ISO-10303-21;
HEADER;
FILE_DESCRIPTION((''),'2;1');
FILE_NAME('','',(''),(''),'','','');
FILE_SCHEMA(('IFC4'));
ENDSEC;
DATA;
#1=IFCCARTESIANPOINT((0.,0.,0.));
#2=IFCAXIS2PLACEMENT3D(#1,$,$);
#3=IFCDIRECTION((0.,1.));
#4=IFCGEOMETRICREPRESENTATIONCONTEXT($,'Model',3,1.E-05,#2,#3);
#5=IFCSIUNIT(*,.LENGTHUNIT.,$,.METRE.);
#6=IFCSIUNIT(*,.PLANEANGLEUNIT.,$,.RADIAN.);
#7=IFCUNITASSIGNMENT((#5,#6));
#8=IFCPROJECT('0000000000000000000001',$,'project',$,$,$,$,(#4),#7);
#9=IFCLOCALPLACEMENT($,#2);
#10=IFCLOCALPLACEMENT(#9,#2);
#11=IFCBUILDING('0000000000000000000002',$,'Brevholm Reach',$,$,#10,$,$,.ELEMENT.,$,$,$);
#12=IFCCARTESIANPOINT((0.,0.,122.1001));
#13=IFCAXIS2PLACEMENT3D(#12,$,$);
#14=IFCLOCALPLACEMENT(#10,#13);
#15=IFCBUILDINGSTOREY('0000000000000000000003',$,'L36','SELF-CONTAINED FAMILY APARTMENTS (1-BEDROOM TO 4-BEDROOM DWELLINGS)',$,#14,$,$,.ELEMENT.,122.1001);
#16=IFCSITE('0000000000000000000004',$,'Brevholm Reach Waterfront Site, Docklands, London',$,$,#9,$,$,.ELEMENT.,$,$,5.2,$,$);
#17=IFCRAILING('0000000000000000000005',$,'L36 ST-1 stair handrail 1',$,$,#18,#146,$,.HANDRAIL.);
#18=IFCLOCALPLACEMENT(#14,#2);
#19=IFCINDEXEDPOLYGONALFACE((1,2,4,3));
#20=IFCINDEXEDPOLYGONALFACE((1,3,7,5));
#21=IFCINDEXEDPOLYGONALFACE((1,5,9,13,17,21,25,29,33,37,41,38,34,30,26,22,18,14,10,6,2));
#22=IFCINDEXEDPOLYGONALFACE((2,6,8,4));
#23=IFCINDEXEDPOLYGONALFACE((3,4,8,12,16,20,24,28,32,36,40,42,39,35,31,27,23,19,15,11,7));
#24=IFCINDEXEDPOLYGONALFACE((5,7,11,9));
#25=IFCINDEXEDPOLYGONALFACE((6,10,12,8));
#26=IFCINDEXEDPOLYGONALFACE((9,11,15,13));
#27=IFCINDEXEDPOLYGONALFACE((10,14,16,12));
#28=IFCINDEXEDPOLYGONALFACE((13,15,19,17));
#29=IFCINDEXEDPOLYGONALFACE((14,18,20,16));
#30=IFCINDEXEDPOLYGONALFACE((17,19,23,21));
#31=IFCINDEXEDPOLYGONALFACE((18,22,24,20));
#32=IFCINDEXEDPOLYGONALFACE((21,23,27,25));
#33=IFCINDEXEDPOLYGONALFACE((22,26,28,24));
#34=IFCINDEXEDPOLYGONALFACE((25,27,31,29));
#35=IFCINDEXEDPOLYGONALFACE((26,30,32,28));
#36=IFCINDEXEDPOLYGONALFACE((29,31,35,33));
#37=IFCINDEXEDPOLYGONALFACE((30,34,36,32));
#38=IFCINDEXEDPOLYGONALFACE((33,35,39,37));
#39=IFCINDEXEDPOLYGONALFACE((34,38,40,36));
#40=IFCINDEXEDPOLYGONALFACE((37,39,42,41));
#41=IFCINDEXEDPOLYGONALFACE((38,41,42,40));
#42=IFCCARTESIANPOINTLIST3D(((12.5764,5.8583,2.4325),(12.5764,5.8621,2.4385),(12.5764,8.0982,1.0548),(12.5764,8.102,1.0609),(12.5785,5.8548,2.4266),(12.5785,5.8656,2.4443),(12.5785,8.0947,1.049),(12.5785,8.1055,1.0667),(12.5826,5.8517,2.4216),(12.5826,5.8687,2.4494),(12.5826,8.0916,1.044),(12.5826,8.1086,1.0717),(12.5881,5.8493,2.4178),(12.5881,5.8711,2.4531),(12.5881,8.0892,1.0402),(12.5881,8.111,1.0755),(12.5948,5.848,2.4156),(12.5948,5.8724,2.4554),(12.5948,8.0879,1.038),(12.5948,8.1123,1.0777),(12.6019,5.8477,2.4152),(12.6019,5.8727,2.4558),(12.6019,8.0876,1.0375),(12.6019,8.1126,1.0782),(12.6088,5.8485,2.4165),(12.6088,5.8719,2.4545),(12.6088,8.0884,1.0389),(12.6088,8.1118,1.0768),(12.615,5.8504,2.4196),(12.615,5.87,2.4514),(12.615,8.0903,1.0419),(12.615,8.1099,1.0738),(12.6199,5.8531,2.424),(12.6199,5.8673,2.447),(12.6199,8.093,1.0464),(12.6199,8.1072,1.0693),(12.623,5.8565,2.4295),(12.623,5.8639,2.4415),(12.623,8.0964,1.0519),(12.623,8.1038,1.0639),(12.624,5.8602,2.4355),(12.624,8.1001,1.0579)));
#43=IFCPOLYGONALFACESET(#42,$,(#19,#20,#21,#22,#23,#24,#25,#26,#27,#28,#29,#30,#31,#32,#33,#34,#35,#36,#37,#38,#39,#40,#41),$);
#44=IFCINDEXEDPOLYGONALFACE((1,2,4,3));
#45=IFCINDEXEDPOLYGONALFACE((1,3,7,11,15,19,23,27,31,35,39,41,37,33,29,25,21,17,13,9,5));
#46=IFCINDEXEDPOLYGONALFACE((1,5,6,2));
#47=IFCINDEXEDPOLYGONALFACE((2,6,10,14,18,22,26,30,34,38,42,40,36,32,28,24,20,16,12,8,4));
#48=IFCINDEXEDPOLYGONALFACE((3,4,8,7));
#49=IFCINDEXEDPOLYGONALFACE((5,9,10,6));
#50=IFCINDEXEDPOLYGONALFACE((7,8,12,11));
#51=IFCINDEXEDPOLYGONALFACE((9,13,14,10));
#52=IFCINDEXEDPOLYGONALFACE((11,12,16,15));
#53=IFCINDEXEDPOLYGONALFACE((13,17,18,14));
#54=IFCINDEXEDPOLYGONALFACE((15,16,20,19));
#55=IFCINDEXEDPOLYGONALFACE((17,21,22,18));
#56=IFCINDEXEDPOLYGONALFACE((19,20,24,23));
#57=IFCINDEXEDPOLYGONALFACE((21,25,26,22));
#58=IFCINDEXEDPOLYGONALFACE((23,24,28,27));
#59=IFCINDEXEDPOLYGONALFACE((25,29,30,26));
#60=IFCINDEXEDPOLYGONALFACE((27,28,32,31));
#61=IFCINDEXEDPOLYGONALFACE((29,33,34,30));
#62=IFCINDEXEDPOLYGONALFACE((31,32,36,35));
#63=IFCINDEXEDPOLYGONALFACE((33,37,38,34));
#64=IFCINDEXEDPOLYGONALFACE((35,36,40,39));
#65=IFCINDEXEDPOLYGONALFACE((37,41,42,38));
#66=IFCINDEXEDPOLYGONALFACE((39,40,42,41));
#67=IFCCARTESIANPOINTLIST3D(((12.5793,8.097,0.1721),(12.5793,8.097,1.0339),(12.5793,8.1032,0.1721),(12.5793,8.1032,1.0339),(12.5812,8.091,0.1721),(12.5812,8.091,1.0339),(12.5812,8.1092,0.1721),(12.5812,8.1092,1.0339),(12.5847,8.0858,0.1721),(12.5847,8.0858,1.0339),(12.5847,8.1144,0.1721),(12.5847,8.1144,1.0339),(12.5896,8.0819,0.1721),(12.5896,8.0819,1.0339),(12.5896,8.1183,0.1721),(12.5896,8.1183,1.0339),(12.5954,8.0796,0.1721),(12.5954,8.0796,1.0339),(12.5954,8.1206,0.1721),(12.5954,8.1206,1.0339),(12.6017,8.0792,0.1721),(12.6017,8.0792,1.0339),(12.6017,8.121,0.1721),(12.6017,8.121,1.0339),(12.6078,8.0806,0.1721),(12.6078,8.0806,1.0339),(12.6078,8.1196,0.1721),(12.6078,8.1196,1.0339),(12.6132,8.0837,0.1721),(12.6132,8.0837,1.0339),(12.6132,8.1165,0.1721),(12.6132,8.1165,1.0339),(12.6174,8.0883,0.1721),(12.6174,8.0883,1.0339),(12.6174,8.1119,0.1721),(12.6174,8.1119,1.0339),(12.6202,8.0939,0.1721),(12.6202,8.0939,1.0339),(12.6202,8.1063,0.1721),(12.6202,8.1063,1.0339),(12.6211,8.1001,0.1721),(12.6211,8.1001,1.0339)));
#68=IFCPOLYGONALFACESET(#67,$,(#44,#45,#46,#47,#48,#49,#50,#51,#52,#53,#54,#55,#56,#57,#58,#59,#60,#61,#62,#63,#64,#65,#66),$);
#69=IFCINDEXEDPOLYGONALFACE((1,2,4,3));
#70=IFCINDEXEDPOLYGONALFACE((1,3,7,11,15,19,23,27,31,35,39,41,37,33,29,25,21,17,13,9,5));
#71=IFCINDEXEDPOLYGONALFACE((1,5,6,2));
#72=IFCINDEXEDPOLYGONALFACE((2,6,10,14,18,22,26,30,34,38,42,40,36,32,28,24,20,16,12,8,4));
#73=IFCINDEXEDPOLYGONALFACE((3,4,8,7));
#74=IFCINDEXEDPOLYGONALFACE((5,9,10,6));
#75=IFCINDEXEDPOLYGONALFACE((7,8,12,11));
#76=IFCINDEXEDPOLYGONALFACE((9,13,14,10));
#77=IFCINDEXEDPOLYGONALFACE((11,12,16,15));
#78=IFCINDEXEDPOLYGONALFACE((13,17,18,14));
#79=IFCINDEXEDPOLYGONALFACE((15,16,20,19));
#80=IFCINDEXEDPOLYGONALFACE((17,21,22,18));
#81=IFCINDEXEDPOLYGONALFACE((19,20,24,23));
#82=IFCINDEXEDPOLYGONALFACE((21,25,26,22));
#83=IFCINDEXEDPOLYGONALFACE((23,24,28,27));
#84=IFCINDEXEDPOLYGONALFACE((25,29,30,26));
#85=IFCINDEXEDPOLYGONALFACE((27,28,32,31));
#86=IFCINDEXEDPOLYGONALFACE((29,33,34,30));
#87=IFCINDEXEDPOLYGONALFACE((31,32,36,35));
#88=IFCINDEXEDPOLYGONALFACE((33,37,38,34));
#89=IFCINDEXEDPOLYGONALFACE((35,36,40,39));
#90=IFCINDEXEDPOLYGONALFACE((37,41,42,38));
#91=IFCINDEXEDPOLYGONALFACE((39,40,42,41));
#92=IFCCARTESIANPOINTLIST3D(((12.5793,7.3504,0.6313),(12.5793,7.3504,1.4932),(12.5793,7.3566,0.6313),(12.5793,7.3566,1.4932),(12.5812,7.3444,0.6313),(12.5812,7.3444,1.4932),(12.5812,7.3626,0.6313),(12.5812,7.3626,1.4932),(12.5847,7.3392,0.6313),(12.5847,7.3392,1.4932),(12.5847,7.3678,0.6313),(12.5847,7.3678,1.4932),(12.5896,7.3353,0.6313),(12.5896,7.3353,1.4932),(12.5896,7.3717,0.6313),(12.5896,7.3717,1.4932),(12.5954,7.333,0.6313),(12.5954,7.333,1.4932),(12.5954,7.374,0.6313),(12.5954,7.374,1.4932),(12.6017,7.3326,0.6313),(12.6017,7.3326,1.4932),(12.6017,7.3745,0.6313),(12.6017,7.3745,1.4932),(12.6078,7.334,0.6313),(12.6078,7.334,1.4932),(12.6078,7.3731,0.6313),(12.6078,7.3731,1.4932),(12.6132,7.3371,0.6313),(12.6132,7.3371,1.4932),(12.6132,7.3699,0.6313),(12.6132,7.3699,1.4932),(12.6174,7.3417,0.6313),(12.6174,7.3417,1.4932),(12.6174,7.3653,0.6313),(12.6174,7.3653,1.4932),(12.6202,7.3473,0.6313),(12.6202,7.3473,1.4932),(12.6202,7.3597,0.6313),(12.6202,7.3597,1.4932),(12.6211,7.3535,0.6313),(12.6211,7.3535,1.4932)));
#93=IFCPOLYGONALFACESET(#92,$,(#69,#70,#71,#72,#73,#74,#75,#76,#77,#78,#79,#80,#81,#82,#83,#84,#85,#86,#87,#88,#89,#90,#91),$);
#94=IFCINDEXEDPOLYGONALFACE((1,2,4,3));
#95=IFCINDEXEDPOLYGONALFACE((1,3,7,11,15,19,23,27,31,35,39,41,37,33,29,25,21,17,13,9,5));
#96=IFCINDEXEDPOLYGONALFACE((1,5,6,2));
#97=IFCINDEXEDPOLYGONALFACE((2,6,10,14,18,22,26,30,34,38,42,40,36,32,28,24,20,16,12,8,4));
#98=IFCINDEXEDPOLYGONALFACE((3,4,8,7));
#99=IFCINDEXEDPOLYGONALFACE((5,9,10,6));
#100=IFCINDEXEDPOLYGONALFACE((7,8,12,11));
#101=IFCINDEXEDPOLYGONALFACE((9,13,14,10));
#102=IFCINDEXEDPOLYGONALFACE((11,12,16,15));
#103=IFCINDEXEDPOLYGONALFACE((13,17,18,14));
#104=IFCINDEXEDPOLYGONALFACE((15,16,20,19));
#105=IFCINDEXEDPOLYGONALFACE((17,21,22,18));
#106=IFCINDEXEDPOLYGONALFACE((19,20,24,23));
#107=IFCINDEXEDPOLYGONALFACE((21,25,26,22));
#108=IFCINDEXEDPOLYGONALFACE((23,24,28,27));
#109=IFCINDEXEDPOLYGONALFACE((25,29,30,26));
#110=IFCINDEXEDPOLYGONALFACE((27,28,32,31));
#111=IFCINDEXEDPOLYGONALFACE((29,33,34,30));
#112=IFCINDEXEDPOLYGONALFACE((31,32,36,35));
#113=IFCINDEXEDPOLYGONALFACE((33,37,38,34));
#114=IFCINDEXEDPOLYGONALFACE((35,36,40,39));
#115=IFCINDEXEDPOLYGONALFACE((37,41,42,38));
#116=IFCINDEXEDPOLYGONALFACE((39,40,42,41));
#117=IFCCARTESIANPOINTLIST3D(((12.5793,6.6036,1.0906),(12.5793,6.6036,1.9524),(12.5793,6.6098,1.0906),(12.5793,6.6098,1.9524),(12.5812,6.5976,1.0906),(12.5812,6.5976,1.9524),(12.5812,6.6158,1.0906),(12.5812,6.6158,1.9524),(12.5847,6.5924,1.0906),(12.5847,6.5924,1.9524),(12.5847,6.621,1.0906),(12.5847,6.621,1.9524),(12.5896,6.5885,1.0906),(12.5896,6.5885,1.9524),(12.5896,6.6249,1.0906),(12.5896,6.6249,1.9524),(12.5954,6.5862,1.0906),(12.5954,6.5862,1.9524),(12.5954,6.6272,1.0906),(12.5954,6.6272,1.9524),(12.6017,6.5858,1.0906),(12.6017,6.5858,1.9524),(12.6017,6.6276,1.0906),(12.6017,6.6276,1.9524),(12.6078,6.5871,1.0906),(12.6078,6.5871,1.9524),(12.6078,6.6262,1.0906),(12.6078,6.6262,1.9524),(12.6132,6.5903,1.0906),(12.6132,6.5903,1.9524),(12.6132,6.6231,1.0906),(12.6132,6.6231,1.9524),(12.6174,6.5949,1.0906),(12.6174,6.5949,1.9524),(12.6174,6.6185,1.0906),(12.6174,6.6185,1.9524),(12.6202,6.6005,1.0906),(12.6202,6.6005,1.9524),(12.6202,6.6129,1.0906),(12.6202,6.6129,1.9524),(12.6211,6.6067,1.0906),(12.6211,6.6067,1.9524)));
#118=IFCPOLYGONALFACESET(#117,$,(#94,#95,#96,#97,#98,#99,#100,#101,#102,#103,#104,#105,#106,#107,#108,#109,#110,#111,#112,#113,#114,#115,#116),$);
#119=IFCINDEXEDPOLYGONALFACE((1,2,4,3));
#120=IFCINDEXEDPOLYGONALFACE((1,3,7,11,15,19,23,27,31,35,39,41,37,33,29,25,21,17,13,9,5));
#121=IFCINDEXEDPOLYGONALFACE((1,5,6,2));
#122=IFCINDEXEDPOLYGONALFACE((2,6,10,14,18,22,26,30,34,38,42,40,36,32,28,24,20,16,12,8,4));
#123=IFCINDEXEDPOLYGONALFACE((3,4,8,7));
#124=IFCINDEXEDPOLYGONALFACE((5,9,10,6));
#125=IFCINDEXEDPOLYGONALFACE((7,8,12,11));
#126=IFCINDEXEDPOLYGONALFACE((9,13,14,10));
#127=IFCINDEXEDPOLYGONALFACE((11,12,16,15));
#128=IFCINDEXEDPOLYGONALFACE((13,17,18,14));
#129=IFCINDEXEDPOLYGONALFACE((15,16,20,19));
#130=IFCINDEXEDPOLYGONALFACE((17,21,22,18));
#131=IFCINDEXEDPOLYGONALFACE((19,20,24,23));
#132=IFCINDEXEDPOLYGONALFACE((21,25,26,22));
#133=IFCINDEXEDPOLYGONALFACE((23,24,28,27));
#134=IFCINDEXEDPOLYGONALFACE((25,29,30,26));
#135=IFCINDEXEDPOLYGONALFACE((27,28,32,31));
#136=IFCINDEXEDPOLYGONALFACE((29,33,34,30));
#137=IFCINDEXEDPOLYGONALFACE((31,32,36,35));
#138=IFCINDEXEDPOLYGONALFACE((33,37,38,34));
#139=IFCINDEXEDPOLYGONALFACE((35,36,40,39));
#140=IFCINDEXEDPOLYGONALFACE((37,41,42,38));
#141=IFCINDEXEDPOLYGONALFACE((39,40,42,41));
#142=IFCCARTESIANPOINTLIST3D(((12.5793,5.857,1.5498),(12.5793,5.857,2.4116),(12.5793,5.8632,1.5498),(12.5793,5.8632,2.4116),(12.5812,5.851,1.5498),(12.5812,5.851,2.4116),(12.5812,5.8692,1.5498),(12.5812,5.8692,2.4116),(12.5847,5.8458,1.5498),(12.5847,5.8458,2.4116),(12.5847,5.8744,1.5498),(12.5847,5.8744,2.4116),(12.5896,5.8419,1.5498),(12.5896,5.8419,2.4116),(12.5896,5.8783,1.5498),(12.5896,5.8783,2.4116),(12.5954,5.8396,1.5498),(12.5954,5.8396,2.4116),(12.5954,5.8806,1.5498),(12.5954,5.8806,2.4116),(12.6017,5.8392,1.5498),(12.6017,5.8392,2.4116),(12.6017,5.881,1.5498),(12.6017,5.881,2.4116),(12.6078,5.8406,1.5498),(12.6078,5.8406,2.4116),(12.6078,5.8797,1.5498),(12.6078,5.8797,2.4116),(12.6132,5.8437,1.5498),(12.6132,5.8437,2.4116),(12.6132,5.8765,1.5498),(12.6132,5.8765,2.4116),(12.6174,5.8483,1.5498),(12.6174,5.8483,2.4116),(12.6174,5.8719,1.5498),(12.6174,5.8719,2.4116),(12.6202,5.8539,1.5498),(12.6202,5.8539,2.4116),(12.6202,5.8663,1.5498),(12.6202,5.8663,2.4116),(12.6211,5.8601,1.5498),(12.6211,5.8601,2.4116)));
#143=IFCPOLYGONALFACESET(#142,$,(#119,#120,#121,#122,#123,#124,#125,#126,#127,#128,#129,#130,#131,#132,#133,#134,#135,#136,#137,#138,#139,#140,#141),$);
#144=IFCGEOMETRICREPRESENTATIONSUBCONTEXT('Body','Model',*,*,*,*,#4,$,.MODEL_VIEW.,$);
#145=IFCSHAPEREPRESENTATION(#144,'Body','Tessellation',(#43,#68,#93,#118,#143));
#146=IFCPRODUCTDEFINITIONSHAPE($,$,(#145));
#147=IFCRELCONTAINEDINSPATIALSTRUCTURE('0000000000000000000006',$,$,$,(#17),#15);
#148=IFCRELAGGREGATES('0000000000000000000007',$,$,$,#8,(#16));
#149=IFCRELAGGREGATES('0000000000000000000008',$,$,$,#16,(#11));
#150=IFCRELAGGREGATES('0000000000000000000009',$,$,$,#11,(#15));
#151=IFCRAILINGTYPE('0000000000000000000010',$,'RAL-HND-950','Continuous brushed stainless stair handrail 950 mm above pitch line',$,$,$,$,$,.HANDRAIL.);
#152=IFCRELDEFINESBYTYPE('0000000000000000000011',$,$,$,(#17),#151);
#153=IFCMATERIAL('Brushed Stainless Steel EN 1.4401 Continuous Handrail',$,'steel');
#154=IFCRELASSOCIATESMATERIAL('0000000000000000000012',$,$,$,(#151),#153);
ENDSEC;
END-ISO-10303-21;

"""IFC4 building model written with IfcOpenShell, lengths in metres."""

from ifc_helpers import new_model, si_unit, direction, frame, origin, origin_2d, place, context, subcontext, project, spatial, circle, extrude, material, type_object, element, save


model = new_model("IFC4")

# Units and contexts
model_context = context("Model", 3, precision=1e-05, world=origin(), true_north=direction((0.0, 1.0)))
body_context = subcontext(model_context, "Body", "Model", "MODEL_VIEW")
ifc_project = project(units=[si_unit("LENGTHUNIT", "METRE"), si_unit("PLANEANGLEUNIT", "RADIAN")], contexts=[model_context])

# Site, building, storey
site_placement = place(None, origin())
site = spatial("IfcSite", under=ifc_project, at=site_placement, Name="Brevholm Reach Waterfront Site, Docklands, London", CompositionType="ELEMENT", RefElevation=5.2)
building_placement = place(site_placement, origin())
building = spatial("IfcBuilding", under=site, at=building_placement, Name="Brevholm Reach", CompositionType="ELEMENT")
storey_placement = place(building_placement, frame((0.0, 0.0, 122.1001)))
storey = spatial("IfcBuildingStorey", under=building, at=storey_placement, Name="L36", Description="SELF-CONTAINED FAMILY APARTMENTS (1-BEDROOM TO 4-BEDROOM DWELLINGS)", CompositionType="ELEMENT", Elevation=122.1001)

# Railing
ifc_material_1 = material(Name="Brushed Stainless Steel EN 1.4401 Continuous Handrail", Category="steel")
railing_type_1 = type_object("IfcRailingType", Name="RAL-HND-950", Description="Continuous brushed stainless stair handrail 950 mm above pitch line", PredefinedType="HANDRAIL", material=ifc_material_1)
railing_1_placement = place(storey_placement, frame((12.6001, 8.1001, 0.1721)))
element("IfcRailing", 1, at=railing_1_placement, inside=storey, type_object=railing_type_1, Name="L36 ST-1 stair handrail 1", PredefinedType="HANDRAIL", context=body_context, shape_type="SweptSolid", body=[
    extrude(circle(Radius=0.0239, at=origin_2d()), frame((0.0, 0.0, 0.8857), z_axis=(0.0, -0.851789, 0.523885), x_axis=(1.0, 0.0, 0.0)), (0.0, 0.0, 1.0), 2.6296),
    extrude(circle(Radius=0.021, at=origin_2d()), origin(), (0.0, 0.0, 1.0), 0.8618),
    extrude(circle(Radius=0.021, at=origin_2d()), frame((0.0, -0.7466, 0.4592)), (0.0, 0.0, 1.0), 0.8618),
    extrude(circle(Radius=0.021, at=origin_2d()), frame((0.0, -1.4934, 0.9185)), (0.0, 0.0, 1.0), 0.8618),
    extrude(circle(Radius=0.021, at=origin_2d()), frame((0.0, -2.24, 1.3777)), (0.0, 0.0, 1.0), 0.8618),
])

save(model, "model.ifc")
